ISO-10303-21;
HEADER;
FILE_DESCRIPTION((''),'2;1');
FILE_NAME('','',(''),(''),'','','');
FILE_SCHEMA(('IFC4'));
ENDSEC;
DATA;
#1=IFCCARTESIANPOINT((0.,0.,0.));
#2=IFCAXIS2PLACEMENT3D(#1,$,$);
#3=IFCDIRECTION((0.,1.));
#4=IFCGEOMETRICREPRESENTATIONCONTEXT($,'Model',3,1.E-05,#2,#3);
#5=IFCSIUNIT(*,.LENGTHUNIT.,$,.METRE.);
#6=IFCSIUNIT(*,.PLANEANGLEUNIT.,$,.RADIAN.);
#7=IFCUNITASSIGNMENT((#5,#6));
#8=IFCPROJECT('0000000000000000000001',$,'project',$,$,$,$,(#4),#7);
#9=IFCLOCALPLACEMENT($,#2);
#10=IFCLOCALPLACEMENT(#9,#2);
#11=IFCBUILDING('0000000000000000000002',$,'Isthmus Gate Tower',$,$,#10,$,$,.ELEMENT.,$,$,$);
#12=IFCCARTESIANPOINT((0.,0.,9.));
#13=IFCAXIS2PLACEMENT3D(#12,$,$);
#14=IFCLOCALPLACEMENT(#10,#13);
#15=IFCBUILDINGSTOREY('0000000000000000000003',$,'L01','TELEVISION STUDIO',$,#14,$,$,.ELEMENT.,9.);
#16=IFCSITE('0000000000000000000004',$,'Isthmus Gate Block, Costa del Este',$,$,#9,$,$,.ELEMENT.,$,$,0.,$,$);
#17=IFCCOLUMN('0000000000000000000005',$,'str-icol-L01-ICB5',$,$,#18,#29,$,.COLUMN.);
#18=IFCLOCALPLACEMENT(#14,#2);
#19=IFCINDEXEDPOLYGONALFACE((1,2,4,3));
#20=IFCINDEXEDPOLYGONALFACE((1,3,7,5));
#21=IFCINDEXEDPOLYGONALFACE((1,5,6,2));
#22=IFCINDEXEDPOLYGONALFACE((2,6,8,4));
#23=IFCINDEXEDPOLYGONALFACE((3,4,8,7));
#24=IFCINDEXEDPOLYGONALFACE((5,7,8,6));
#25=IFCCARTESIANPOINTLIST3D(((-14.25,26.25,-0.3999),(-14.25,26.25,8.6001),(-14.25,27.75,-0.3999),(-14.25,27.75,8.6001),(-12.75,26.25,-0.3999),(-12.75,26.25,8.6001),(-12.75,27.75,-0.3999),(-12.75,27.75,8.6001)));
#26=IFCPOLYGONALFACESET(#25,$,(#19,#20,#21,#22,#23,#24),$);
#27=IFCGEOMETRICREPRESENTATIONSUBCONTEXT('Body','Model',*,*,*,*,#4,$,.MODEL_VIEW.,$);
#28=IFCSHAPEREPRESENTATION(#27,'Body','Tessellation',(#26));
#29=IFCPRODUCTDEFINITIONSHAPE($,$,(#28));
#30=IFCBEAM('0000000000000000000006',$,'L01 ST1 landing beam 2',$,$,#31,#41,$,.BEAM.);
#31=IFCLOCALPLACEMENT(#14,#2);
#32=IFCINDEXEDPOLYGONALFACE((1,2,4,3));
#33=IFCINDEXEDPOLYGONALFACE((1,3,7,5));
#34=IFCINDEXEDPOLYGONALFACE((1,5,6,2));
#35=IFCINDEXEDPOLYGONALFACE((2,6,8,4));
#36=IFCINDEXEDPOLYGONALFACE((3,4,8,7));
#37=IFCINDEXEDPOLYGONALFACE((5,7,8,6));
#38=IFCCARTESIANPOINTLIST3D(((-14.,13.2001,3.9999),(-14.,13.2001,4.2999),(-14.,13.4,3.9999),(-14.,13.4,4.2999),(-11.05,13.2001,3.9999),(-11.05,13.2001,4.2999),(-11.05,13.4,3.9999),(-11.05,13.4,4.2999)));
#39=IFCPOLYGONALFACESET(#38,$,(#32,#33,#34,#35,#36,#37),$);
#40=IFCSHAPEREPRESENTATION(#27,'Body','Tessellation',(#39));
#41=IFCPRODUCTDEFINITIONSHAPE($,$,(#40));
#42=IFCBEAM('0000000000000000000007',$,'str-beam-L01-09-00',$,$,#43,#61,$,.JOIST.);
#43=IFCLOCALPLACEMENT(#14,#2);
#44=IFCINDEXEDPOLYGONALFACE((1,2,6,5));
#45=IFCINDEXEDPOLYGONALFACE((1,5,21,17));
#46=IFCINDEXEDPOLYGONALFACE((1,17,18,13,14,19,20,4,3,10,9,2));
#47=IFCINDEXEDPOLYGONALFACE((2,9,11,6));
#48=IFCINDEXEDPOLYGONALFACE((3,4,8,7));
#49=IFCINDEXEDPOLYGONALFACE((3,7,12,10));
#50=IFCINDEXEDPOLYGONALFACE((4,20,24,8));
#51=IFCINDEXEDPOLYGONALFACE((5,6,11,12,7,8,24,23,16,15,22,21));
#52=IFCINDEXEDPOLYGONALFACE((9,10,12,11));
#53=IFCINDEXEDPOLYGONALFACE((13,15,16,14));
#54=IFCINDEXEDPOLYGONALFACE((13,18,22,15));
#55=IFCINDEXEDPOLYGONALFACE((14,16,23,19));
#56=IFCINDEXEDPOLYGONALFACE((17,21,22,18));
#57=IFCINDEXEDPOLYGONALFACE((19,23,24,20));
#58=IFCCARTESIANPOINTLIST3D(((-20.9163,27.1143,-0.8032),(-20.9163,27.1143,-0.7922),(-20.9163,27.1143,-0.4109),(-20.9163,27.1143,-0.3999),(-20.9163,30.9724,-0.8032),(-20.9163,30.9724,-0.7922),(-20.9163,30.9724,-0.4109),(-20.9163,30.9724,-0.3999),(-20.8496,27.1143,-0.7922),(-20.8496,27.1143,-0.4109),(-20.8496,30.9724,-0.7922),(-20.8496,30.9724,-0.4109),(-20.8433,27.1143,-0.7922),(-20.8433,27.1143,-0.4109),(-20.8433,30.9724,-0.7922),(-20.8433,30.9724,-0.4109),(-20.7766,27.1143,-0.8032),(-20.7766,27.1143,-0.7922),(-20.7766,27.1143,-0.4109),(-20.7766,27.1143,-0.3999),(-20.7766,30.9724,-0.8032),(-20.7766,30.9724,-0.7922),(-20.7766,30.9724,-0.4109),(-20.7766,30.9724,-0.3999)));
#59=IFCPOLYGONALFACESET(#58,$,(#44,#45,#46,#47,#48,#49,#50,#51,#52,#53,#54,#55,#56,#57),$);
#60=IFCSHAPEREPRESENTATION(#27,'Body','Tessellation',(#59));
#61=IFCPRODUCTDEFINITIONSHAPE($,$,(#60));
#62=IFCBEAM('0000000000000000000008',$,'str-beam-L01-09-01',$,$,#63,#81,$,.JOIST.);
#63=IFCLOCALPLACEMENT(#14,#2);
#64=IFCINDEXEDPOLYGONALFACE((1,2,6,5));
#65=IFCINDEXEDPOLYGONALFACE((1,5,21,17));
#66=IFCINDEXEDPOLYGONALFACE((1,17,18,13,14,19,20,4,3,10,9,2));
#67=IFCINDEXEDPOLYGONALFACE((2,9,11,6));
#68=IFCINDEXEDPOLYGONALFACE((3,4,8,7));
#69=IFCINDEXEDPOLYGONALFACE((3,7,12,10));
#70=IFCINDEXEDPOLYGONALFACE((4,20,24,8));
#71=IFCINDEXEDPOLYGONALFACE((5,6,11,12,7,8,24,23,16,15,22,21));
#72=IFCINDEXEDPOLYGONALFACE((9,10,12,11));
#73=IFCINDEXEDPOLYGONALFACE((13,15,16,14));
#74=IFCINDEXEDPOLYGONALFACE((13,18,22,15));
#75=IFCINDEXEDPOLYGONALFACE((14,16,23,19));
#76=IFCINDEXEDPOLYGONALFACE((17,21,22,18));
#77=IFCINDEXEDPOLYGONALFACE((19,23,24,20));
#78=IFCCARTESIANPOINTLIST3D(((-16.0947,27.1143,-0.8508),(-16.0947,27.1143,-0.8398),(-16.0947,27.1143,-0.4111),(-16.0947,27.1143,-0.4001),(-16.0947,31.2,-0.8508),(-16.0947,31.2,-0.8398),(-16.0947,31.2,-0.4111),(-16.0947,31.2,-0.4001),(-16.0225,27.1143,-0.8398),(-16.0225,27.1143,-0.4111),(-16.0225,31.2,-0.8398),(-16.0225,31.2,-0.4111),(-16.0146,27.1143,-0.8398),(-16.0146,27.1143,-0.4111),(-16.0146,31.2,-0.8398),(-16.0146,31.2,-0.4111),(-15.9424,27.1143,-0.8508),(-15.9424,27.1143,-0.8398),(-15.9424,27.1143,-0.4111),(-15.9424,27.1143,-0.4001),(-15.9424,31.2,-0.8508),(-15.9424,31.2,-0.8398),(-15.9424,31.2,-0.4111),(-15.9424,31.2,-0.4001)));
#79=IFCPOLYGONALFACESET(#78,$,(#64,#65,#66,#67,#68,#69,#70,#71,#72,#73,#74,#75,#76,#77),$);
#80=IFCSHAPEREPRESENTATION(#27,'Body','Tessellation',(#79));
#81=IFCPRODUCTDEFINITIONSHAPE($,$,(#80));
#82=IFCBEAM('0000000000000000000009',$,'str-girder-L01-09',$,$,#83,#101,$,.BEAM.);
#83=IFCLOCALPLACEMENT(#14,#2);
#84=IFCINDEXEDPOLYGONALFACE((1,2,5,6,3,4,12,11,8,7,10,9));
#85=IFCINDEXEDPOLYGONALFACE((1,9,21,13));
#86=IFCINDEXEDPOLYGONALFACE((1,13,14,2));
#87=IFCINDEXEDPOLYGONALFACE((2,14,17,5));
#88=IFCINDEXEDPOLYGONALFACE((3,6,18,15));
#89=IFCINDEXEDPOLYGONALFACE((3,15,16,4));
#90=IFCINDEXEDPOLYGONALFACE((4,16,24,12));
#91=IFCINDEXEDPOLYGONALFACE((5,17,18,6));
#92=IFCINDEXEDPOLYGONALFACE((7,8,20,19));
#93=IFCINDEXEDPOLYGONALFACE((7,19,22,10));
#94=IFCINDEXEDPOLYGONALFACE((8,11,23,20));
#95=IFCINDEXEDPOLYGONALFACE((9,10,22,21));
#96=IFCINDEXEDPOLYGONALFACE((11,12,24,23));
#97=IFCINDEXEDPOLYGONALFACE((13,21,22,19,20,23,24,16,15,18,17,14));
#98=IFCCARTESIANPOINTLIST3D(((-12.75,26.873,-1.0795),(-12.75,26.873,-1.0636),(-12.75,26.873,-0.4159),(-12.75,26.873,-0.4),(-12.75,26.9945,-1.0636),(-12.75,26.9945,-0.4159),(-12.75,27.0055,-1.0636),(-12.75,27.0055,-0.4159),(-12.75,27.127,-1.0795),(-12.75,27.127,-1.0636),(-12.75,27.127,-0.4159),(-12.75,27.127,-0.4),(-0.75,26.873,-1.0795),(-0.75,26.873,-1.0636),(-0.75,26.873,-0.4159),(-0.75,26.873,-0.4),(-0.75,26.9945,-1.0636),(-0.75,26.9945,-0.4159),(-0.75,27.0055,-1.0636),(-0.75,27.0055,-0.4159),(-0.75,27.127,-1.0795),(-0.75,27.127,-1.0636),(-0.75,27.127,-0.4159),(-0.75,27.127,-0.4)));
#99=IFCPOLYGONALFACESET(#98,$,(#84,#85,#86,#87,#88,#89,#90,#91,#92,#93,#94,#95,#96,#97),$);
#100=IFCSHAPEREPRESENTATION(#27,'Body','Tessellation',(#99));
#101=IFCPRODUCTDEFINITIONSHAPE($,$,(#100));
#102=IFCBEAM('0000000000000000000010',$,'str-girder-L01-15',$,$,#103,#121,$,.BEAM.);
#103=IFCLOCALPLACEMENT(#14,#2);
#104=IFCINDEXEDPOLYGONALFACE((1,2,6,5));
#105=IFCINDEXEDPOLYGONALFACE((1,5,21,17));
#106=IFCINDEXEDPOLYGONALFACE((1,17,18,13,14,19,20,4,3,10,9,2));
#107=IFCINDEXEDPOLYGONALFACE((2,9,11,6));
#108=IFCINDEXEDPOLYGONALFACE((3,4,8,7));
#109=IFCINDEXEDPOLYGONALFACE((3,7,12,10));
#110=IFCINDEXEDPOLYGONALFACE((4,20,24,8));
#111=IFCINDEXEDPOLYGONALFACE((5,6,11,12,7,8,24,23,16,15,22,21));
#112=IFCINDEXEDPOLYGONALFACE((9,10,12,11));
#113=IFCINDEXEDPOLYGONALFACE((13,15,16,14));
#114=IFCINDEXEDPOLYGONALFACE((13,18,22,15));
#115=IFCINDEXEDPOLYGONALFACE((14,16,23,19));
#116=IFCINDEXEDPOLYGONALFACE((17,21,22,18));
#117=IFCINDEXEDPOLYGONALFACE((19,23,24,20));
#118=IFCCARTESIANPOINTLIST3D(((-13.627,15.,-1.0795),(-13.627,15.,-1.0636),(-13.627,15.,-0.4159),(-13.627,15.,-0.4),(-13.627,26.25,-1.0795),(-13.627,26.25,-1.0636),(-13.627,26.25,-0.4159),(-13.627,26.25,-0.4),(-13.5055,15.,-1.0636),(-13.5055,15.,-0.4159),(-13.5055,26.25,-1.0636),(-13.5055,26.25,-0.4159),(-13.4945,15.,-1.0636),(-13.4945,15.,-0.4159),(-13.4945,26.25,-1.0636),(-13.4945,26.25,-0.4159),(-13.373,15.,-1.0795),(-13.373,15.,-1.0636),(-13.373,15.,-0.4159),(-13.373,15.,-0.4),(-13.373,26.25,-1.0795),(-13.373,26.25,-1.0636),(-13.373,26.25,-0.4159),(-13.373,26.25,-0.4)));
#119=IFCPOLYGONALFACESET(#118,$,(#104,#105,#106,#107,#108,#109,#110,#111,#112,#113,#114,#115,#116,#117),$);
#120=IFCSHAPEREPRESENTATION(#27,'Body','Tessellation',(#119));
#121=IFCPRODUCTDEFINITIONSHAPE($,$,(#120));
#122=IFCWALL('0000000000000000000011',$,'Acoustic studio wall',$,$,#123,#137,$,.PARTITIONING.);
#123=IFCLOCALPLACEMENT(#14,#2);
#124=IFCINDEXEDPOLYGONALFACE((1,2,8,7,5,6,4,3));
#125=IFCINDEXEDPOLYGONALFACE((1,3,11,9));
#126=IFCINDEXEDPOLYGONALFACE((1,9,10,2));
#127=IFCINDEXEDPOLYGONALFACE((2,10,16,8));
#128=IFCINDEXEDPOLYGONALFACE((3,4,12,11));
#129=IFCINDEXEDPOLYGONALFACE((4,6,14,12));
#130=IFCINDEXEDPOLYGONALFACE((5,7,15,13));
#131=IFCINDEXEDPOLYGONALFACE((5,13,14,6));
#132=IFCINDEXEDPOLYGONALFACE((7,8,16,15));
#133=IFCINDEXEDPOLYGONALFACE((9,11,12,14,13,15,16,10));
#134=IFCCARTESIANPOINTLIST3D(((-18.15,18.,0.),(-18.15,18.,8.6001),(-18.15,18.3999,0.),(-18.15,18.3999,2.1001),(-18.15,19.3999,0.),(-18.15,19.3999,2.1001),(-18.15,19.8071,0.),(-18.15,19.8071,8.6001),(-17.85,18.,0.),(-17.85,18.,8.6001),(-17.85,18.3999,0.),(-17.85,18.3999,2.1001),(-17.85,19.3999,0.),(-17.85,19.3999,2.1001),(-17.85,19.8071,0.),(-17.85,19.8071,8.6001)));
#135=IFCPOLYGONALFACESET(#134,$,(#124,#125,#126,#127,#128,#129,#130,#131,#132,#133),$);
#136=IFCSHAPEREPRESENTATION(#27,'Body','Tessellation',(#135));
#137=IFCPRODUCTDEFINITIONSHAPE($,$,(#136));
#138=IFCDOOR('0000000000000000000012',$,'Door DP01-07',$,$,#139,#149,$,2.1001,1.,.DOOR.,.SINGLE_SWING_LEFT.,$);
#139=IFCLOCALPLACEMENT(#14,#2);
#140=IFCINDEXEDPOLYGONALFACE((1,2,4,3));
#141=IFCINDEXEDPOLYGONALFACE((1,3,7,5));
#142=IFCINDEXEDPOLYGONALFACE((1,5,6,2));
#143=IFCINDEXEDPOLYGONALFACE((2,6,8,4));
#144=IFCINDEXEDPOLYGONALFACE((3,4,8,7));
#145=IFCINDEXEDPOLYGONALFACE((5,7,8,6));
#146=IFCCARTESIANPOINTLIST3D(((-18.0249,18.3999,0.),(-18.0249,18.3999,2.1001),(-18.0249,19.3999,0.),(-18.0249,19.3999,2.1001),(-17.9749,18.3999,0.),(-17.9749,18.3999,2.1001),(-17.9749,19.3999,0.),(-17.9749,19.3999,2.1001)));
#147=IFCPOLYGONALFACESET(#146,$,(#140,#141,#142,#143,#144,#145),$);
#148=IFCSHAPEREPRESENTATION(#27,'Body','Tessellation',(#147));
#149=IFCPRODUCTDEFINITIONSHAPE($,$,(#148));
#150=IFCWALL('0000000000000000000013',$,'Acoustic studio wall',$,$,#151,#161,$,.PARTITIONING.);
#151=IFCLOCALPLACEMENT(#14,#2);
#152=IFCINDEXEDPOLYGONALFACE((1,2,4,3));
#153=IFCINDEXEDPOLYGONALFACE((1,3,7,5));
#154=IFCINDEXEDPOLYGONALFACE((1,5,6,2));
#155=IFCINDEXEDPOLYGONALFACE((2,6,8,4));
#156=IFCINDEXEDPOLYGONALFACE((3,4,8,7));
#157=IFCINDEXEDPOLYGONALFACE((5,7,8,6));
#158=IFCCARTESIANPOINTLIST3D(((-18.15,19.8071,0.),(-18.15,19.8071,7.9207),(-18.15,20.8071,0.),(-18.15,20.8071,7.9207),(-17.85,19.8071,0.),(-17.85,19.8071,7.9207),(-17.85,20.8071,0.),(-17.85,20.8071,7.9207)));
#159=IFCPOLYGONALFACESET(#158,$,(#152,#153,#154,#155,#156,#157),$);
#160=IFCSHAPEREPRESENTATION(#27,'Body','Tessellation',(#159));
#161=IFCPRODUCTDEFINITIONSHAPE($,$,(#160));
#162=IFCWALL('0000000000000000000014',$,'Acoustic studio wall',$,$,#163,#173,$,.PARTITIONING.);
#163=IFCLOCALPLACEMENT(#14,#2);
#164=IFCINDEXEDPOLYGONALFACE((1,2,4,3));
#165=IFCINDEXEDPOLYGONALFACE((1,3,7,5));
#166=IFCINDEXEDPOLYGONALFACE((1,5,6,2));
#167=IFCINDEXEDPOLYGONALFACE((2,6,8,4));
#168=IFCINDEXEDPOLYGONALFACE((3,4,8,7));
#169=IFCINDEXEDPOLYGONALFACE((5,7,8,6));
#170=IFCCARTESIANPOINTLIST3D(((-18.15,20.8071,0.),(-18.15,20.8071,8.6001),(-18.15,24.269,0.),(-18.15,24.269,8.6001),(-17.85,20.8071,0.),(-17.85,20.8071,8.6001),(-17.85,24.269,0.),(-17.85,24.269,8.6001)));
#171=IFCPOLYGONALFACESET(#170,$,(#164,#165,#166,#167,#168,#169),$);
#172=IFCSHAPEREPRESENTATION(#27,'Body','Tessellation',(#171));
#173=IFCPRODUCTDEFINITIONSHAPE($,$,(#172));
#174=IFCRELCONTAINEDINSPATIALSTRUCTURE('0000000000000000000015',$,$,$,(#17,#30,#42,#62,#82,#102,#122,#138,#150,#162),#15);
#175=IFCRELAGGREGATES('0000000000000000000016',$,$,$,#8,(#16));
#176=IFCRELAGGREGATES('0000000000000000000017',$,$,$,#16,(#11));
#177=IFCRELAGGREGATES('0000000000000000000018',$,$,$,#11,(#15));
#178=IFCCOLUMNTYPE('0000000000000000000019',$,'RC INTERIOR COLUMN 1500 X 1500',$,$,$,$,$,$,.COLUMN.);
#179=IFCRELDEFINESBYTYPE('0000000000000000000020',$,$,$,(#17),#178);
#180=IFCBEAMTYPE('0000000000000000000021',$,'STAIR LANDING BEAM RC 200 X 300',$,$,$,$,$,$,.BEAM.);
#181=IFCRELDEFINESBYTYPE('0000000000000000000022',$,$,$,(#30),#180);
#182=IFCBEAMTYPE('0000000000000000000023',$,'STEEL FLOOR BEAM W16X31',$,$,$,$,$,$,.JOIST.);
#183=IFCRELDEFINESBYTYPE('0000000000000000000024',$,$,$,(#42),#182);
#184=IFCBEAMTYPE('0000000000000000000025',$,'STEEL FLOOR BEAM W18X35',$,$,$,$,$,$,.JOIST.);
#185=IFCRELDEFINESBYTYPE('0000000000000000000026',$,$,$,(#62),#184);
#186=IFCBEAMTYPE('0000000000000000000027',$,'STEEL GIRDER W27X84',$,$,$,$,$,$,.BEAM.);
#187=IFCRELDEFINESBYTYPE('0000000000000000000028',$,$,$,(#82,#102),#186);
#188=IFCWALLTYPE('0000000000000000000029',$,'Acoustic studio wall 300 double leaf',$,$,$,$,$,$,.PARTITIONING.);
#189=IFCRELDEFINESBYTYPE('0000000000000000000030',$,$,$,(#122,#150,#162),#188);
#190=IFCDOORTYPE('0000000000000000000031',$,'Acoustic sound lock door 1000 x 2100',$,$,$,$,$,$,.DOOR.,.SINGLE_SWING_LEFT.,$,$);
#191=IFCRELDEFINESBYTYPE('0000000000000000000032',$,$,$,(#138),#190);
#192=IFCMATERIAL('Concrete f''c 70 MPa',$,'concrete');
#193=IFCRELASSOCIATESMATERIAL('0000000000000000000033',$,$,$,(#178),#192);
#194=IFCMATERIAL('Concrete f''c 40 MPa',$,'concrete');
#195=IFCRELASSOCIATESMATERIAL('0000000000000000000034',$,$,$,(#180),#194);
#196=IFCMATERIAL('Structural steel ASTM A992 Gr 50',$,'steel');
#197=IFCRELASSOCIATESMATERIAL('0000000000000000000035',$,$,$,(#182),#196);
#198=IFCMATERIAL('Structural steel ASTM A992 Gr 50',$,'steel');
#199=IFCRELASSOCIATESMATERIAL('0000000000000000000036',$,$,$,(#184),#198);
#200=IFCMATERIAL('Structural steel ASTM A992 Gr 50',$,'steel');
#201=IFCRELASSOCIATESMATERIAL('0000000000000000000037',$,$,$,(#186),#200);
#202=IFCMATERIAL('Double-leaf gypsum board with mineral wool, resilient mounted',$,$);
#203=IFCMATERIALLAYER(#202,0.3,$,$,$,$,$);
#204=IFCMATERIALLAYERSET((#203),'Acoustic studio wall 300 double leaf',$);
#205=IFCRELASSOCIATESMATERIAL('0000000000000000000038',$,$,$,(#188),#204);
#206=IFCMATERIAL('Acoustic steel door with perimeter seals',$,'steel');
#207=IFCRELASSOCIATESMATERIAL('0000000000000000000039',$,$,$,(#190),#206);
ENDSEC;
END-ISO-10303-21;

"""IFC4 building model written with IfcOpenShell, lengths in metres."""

from ifc_helpers import new_model, si_unit, direction, frame, frame_2d, origin, origin_2d, place, context, subcontext, project, spatial, rectangle, i_section, extrude, material, layer, layer_set, material_profile, profile_set, type_object, element, fill, save


model = new_model("IFC4")

# Units and contexts
model_context = context("Model", 3, precision=1e-05, world=origin(), true_north=direction((0.0, 1.0)))
body_context = subcontext(model_context, "Body", "Model", "MODEL_VIEW")
ifc_project = project(units=[si_unit("LENGTHUNIT", "METRE"), si_unit("PLANEANGLEUNIT", "RADIAN")], contexts=[model_context])

# Site, building, storey
site_placement = place(None, origin())
site = spatial("IfcSite", under=ifc_project, at=site_placement, Name="Isthmus Gate Block, Costa del Este", CompositionType="ELEMENT", RefElevation=0.0)
building_placement = place(site_placement, origin())
building = spatial("IfcBuilding", under=site, at=building_placement, Name="Isthmus Gate Tower", CompositionType="ELEMENT")
storey_placement = place(building_placement, frame((0.0, 0.0, 9.0)))
storey = spatial("IfcBuildingStorey", under=building, at=storey_placement, Name="L01", Description="TELEVISION STUDIO", CompositionType="ELEMENT", Elevation=9.0)

# Column
ifc_material_1 = material(Name="Concrete f'c 70 MPa", Category="concrete")
ifc_material_profile_1 = material_profile(ifc_material_1, rectangle(XDim=1.5, YDim=1.5, at=origin_2d()), Name="RC 1500X1500")
ifc_profile_set_1 = profile_set([ifc_material_profile_1], Name="Concrete f'c 70 MPa")
column_type = type_object("IfcColumnType", Name="RC INTERIOR COLUMN 1500 X 1500", PredefinedType="COLUMN", material=ifc_profile_set_1)
column_placement = place(storey_placement, frame((-13.5, 27.0, -0.3999), z_axis=(0.0, 0.0, 1.0), x_axis=(1.0, 0.0, 0.0)))
element("IfcColumn", 1, at=column_placement, inside=storey, type_object=column_type, Name="str-icol-L01-ICB5", PredefinedType="COLUMN", context=body_context, shape_type="SweptSolid", body=[
    extrude(rectangle(XDim=1.5, YDim=1.5, at=origin_2d()), origin(), (0.0, 0.0, 1.0), 9.0),
])

# Beams
ifc_material_2 = material(Name="Concrete f'c 40 MPa", Category="concrete")
ifc_material_profile_2 = material_profile(ifc_material_2, rectangle(XDim=0.2, YDim=0.3, at=origin_2d()), Name="STAIR LANDING BEAM RC 200 X 300")
ifc_profile_set_2 = profile_set([ifc_material_profile_2], Name="Concrete f'c 40 MPa")
beam_type_1 = type_object("IfcBeamType", Name="STAIR LANDING BEAM RC 200 X 300", PredefinedType="BEAM", material=ifc_profile_set_2)
beam_1_placement = place(storey_placement, frame((-14.0, 13.3, 4.1499), z_axis=(1.0, 0.0, 0.0), x_axis=(0.0, 1.0, 0.0)))
element("IfcBeam", 2, at=beam_1_placement, inside=storey, type_object=beam_type_1, Name="L01 ST1 landing beam 2", PredefinedType="BEAM", context=body_context, shape_type="SweptSolid", body=[
    extrude(rectangle(XDim=0.2, YDim=0.3, at=origin_2d()), origin(), (0.0, 0.0, 1.0), 2.95),
])
ifc_material_3 = material(Name="Structural steel ASTM A992 Gr 50", Category="steel")
ifc_material_profile_3 = material_profile(ifc_material_3, i_section(OverallWidth=0.1396, OverallDepth=0.4033, WebThickness=0.0063, FlangeThickness=0.011, at=origin_2d()), Name="W16X31")
ifc_profile_set_3 = profile_set([ifc_material_profile_3], Name="Structural steel ASTM A992 Gr 50")
beam_type_2 = type_object("IfcBeamType", Name="STEEL FLOOR BEAM W16X31", PredefinedType="JOIST", material=ifc_profile_set_3)
beam_2_placement = place(storey_placement, frame((-20.8464, 27.1143, -0.6016), z_axis=(0.0, 1.0, 0.0), x_axis=(-1.0, 0.0, 0.0)))
element("IfcBeam", 3, at=beam_2_placement, inside=storey, type_object=beam_type_2, Name="str-beam-L01-09-00", PredefinedType="JOIST", context=body_context, shape_type="SweptSolid", body=[
    extrude(i_section(OverallWidth=0.1396, OverallDepth=0.4033, WebThickness=0.0063, FlangeThickness=0.011, at=origin_2d()), origin(), (0.0, 0.0, 1.0), 3.8582),
])
ifc_material_4 = material(Name="Structural steel ASTM A992 Gr 50", Category="steel")
ifc_material_profile_4 = material_profile(ifc_material_4, i_section(OverallWidth=0.1523, OverallDepth=0.4507, WebThickness=0.0078, FlangeThickness=0.011, at=origin_2d()), Name="W18X35")
ifc_profile_set_4 = profile_set([ifc_material_profile_4], Name="Structural steel ASTM A992 Gr 50")
beam_type_3 = type_object("IfcBeamType", Name="STEEL FLOOR BEAM W18X35", PredefinedType="JOIST", material=ifc_profile_set_4)
beam_3_placement = place(storey_placement, frame((-16.0186, 27.1143, -0.6255), z_axis=(0.0, 1.0, 0.0), x_axis=(-1.0, 0.0, 0.0)))
element("IfcBeam", 4, at=beam_3_placement, inside=storey, type_object=beam_type_3, Name="str-beam-L01-09-01", PredefinedType="JOIST", context=body_context, shape_type="SweptSolid", body=[
    extrude(i_section(OverallWidth=0.1523, OverallDepth=0.4507, WebThickness=0.0078, FlangeThickness=0.011, at=origin_2d()), origin(), (0.0, 0.0, 1.0), 4.0857),
])
ifc_material_5 = material(Name="Structural steel ASTM A992 Gr 50", Category="steel")
ifc_material_profile_5 = material_profile(ifc_material_5, i_section(OverallWidth=0.2539, OverallDepth=0.6794, WebThickness=0.011, FlangeThickness=0.0159, at=origin_2d()), Name="W27X84")
ifc_profile_set_5 = profile_set([ifc_material_profile_5], Name="Structural steel ASTM A992 Gr 50")
beam_type_4 = type_object("IfcBeamType", Name="STEEL GIRDER W27X84", PredefinedType="BEAM", material=ifc_profile_set_5)
beam_4_placement = place(storey_placement, frame((-12.75, 27.0, -0.7397), z_axis=(1.0, 0.0, 0.0), x_axis=(0.0, 1.0, 0.0)))
element("IfcBeam", 5, at=beam_4_placement, inside=storey, type_object=beam_type_4, Name="str-girder-L01-09", PredefinedType="BEAM", context=body_context, shape_type="SweptSolid", body=[
    extrude(i_section(OverallWidth=0.2539, OverallDepth=0.6794, WebThickness=0.011, FlangeThickness=0.0159, at=origin_2d()), origin(), (0.0, 0.0, 1.0), 12.0),
])
beam_5_placement = place(storey_placement, frame((-13.5, 15.0, -0.7397), z_axis=(0.0, 1.0, 0.0), x_axis=(-1.0, 0.0, 0.0)))
element("IfcBeam", 6, at=beam_5_placement, inside=storey, type_object=beam_type_4, Name="str-girder-L01-15", PredefinedType="BEAM", context=body_context, shape_type="SweptSolid", body=[
    extrude(i_section(OverallWidth=0.2539, OverallDepth=0.6794, WebThickness=0.011, FlangeThickness=0.0159, at=origin_2d()), origin(), (0.0, 0.0, 1.0), 11.25),
])

# Wall, opening, door
ifc_material_6 = material(Name="Double-leaf gypsum board with mineral wool, resilient mounted")
ifc_layer_1 = layer(ifc_material_6, 0.3)
ifc_layer_set_1 = layer_set([ifc_layer_1], Name="Acoustic studio wall 300 double leaf")
wall_type_1 = type_object("IfcWallType", Name="Acoustic studio wall 300 double leaf", PredefinedType="PARTITIONING", material=ifc_layer_set_1)
wall_1_placement = place(storey_placement, frame((-18.0, 18.0, 0.0), z_axis=(0.0, 0.0, 1.0), x_axis=(0.0, 1.0, 0.0)))
wall_1 = element("IfcWall", 7, at=wall_1_placement, inside=storey, type_object=wall_type_1, Name="Acoustic studio wall", PredefinedType="PARTITIONING", context=body_context, shape_type="SweptSolid", body=[
    extrude(rectangle(XDim=1.8071, YDim=0.3, at=frame_2d((0.9036, 0.0))), origin(), (0.0, 0.0, 1.0), 8.6001),
])
opening_1_placement = place(wall_1_placement, frame((0.3999, 0.0, 0.0)))
opening_1 = element("IfcOpeningElement", 8, at=opening_1_placement, cuts=wall_1, PredefinedType="OPENING", context=body_context, shape_type="SweptSolid", body=[
    extrude(rectangle(XDim=1.0, YDim=2.1001, at=frame_2d((0.5, 1.05))), frame((0.0, 0.1599, 0.0), z_axis=(0.0, -1.0, 0.0), x_axis=(1.0, 0.0, 0.0)), (0.0, 0.0, 1.0), 0.3201),
])
ifc_material_7 = material(Name="Acoustic steel door with perimeter seals", Category="steel")
door_type_1 = type_object("IfcDoorType", Name="Acoustic sound lock door 1000 x 2100", OperationType="SINGLE_SWING_LEFT", PredefinedType="DOOR", material=ifc_material_7)
door_1_placement = place(opening_1_placement, origin())
door_1 = element("IfcDoor", 9, at=door_1_placement, inside=storey, type_object=door_type_1, Name="Door DP01-07", OperationType="SINGLE_SWING_LEFT", OverallHeight=2.1001, OverallWidth=1.0, PredefinedType="DOOR", context=body_context, shape_type="SweptSolid", body=[
    extrude(rectangle(XDim=1.0, YDim=2.1001, at=frame_2d((0.5, 1.05))), frame((0.0, 0.0249, 0.0), z_axis=(0.0, -1.0, 0.0), x_axis=(1.0, 0.0, 0.0)), (0.0, 0.0, 1.0), 0.05),
])
fill(opening_1, door_1)

# Walls
wall_2_placement = place(storey_placement, frame((-18.0, 19.8071, 0.0), z_axis=(0.0, 0.0, 1.0), x_axis=(0.0, 1.0, 0.0)))
element("IfcWall", 10, at=wall_2_placement, inside=storey, type_object=wall_type_1, Name="Acoustic studio wall", PredefinedType="PARTITIONING", context=body_context, shape_type="SweptSolid", body=[
    extrude(rectangle(XDim=1.0, YDim=0.3, at=frame_2d((0.5, 0.0))), origin(), (0.0, 0.0, 1.0), 7.9207),
])
wall_3_placement = place(storey_placement, frame((-18.0, 20.8071, 0.0), z_axis=(0.0, 0.0, 1.0), x_axis=(0.0, 1.0, 0.0)))
element("IfcWall", 11, at=wall_3_placement, inside=storey, type_object=wall_type_1, Name="Acoustic studio wall", PredefinedType="PARTITIONING", context=body_context, shape_type="SweptSolid", body=[
    extrude(rectangle(XDim=3.4619, YDim=0.3, at=frame_2d((1.731, 0.0))), origin(), (0.0, 0.0, 1.0), 8.6001),
])

save(model, "model.ifc")
